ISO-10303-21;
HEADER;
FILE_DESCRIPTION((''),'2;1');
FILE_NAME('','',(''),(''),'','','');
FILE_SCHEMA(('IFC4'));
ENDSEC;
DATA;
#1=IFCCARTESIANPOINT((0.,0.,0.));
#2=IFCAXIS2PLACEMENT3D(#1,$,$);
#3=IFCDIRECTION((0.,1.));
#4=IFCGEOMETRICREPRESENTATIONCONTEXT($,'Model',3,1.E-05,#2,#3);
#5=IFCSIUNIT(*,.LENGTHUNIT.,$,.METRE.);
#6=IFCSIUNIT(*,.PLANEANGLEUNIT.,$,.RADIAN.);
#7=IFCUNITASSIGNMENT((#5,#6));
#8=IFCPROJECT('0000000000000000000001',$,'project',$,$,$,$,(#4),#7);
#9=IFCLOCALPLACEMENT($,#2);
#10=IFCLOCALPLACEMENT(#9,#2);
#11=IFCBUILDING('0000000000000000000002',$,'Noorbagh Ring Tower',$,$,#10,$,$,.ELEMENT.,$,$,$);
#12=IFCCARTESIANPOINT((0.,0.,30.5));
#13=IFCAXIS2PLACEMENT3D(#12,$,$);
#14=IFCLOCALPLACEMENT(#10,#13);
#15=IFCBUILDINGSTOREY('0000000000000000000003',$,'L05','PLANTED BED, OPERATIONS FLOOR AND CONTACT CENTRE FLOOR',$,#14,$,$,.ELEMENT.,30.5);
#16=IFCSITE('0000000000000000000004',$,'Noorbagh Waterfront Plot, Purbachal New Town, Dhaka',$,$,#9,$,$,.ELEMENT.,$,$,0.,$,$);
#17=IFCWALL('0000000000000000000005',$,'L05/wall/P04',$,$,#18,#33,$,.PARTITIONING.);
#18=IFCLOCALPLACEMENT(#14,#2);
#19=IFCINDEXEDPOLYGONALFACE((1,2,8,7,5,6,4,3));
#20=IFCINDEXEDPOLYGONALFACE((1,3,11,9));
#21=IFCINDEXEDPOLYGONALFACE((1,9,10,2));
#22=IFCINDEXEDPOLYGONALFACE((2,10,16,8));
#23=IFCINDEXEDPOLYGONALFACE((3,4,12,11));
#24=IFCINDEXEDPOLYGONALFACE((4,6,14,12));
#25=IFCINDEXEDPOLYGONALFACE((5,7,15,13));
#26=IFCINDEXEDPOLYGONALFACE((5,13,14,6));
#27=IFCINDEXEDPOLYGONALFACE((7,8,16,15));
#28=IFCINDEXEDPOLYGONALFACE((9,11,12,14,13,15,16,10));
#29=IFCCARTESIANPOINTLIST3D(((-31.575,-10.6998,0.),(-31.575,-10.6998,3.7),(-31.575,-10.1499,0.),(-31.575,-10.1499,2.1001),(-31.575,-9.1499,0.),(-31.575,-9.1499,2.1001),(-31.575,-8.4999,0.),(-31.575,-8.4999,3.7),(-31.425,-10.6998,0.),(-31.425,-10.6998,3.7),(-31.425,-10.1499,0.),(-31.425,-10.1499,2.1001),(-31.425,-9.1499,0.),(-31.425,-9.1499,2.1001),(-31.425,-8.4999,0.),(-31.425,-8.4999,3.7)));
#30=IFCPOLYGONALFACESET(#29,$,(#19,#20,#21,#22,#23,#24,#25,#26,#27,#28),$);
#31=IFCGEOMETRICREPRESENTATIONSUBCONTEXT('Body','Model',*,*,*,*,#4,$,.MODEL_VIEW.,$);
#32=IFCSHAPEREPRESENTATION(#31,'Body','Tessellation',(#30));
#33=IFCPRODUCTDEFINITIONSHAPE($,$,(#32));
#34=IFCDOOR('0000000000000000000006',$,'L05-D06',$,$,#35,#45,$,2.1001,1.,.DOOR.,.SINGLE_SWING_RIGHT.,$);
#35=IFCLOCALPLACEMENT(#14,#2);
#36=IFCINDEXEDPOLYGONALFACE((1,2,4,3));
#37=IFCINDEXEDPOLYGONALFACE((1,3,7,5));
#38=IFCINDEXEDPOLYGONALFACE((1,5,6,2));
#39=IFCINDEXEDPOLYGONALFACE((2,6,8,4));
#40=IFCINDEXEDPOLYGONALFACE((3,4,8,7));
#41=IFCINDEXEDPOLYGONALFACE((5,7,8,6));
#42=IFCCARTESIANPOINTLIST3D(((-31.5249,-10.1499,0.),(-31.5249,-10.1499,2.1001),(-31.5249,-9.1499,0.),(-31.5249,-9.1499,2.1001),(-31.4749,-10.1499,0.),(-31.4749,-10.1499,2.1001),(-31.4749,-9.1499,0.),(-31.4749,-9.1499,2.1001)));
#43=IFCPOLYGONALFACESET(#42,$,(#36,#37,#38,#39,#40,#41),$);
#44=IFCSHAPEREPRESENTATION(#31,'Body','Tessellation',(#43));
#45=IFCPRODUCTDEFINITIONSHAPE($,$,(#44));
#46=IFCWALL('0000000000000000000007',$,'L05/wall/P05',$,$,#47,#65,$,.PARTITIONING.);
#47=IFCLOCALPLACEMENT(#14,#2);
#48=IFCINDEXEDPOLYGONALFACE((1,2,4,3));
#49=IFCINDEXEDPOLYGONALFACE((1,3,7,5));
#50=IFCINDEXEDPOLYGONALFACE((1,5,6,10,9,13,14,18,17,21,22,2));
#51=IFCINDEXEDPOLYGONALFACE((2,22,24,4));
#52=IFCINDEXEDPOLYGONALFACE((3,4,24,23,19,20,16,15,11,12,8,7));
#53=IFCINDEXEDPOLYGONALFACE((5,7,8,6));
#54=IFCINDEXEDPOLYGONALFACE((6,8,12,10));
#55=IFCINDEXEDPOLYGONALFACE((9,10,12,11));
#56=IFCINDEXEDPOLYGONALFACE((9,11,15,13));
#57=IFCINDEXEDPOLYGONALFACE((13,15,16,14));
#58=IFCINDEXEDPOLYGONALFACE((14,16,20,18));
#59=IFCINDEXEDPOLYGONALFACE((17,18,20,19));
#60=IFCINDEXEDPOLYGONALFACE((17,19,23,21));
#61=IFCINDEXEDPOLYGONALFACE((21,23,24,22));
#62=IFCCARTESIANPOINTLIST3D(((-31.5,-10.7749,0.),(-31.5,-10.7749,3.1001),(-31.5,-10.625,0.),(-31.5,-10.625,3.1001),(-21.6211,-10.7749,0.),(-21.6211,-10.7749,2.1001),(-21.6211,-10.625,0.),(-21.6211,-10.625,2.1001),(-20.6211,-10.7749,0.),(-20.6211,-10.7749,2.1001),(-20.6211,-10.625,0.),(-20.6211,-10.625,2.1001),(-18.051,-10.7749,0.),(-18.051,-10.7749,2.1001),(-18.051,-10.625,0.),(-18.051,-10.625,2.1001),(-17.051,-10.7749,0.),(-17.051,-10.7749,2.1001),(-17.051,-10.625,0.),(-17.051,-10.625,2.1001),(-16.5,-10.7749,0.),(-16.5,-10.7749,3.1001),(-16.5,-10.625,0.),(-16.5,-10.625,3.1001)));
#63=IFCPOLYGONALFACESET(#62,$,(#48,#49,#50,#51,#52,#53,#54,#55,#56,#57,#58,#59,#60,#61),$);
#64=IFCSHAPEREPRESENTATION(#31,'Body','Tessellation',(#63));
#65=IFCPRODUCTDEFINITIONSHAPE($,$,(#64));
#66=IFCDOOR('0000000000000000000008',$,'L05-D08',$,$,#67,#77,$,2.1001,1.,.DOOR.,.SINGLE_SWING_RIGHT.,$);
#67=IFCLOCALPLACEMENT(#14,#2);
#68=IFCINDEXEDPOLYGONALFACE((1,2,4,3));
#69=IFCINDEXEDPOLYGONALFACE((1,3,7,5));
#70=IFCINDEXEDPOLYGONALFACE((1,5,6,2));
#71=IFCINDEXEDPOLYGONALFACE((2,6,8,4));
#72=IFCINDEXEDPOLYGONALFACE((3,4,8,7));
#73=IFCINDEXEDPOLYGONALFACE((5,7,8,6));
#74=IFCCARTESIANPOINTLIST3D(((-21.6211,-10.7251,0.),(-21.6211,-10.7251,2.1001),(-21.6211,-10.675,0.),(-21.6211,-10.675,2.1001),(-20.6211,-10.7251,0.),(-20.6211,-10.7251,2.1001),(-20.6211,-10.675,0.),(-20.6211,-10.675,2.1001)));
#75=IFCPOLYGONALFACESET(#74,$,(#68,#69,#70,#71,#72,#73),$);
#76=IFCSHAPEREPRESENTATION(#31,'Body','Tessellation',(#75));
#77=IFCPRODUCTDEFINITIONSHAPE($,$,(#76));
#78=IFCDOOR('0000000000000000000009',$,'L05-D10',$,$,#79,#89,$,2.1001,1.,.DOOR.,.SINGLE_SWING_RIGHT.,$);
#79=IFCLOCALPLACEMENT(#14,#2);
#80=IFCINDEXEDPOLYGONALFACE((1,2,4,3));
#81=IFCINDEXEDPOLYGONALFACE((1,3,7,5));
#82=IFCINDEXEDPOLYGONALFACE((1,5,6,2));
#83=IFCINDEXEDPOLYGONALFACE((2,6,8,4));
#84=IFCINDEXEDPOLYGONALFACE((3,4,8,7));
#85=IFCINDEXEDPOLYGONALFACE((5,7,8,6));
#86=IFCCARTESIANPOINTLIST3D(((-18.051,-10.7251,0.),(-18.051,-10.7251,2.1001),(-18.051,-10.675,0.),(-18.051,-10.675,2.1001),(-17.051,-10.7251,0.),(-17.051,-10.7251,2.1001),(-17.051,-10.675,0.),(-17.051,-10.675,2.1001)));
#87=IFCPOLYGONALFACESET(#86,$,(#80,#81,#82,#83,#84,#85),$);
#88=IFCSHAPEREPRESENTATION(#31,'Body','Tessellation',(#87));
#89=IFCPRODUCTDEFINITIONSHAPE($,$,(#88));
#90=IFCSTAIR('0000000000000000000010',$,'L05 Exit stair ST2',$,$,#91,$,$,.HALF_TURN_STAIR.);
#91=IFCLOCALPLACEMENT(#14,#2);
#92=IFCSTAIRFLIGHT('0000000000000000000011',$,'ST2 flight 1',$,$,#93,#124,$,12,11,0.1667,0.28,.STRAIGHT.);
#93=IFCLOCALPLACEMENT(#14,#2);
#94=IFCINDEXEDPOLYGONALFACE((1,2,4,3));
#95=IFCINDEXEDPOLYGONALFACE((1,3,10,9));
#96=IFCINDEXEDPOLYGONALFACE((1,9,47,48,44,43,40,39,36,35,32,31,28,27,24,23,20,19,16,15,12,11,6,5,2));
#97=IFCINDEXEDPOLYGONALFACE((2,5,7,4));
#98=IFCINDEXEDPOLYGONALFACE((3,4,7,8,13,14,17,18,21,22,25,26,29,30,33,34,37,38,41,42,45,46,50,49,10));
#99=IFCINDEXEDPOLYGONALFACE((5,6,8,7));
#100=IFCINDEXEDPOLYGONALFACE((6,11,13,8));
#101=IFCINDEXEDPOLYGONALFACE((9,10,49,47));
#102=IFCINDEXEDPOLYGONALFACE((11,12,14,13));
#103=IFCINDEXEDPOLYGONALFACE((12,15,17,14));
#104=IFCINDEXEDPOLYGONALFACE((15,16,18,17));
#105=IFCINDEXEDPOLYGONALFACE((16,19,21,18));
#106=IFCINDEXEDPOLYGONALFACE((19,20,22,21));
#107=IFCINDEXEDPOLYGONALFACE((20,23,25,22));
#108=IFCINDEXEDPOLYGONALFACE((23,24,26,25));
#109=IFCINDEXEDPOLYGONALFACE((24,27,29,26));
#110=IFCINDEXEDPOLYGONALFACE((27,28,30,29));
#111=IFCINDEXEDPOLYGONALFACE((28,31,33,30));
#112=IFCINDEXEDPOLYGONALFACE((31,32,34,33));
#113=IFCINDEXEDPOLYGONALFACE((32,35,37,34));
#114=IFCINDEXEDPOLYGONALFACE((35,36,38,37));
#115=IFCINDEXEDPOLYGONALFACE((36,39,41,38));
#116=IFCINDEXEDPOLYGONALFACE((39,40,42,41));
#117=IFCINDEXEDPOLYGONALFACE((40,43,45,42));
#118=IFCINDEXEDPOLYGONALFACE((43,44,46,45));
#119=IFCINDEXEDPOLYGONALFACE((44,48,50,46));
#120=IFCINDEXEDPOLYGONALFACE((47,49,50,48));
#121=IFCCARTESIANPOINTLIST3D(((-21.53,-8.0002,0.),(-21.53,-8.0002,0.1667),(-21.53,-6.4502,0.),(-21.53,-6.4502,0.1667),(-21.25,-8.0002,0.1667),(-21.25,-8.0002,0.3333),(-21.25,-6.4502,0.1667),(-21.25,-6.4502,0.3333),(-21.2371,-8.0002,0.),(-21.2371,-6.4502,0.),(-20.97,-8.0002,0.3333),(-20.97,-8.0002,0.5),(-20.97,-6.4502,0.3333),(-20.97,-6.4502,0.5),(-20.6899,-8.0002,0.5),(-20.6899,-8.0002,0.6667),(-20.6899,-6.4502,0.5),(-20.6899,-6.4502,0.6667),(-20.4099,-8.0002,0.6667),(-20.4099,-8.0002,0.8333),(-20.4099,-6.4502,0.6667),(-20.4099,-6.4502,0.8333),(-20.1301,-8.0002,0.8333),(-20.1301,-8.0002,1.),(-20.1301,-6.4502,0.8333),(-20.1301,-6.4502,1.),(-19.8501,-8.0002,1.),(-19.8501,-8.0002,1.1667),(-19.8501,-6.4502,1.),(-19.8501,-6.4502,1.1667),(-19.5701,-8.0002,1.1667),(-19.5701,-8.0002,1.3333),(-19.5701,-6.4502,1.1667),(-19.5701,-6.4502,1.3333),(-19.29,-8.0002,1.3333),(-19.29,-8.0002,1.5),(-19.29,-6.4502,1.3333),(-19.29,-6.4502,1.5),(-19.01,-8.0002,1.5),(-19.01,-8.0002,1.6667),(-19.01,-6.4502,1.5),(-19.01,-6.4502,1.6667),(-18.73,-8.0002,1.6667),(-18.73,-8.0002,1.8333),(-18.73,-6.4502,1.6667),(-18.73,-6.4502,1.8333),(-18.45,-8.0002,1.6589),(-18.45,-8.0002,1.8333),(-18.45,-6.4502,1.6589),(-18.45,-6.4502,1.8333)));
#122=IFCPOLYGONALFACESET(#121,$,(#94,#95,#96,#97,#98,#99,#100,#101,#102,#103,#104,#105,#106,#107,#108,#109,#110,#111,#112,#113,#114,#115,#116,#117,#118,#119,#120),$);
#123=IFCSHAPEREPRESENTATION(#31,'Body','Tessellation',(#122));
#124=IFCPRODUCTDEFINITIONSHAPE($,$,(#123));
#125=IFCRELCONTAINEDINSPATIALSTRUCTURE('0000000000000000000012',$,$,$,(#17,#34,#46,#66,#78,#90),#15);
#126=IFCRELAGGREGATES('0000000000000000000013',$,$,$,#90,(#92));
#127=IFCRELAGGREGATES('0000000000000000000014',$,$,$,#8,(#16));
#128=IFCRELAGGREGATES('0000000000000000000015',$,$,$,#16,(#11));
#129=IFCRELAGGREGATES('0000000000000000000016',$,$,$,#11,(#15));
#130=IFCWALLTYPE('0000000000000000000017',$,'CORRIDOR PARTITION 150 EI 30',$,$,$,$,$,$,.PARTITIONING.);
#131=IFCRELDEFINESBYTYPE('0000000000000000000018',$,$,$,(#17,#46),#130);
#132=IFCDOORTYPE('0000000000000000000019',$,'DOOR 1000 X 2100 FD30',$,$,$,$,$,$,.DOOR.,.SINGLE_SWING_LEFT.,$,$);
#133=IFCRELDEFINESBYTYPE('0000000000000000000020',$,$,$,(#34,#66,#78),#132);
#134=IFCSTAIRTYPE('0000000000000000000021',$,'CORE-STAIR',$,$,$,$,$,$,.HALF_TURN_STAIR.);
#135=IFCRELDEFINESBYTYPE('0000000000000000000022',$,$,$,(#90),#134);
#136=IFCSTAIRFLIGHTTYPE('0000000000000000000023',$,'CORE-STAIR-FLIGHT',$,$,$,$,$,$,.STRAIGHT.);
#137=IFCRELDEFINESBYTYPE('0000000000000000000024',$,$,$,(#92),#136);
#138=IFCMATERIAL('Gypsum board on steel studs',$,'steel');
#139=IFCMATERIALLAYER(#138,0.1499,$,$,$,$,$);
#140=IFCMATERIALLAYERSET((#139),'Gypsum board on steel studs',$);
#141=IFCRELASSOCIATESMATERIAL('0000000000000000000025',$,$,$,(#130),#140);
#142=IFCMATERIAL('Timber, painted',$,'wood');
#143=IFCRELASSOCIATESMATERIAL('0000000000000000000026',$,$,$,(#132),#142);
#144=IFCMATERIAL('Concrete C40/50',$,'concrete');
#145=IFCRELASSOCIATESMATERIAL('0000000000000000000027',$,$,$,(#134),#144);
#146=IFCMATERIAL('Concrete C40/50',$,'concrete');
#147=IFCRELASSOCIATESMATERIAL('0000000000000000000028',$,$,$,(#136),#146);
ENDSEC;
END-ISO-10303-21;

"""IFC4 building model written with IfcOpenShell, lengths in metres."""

from ifc_helpers import new_model, si_unit, direction, frame, frame_2d, origin, place, context, subcontext, project, spatial, polyline, rectangle, outline, extrude, material, layer, layer_set, type_object, element, fill, aggregate, save


model = new_model("IFC4")

# Units and contexts
model_context = context("Model", 3, precision=1e-05, world=origin(), true_north=direction((0.0, 1.0)))
body_context = subcontext(model_context, "Body", "Model", "MODEL_VIEW")
ifc_project = project(units=[si_unit("LENGTHUNIT", "METRE"), si_unit("PLANEANGLEUNIT", "RADIAN")], contexts=[model_context])

# Site, building, storey
site_placement = place(None, origin())
site = spatial("IfcSite", under=ifc_project, at=site_placement, Name="Noorbagh Waterfront Plot, Purbachal New Town, Dhaka", CompositionType="ELEMENT", RefElevation=0.0)
building_placement = place(site_placement, origin())
building = spatial("IfcBuilding", under=site, at=building_placement, Name="Noorbagh Ring Tower", CompositionType="ELEMENT")
storey_placement = place(building_placement, frame((0.0, 0.0, 30.5)))
storey = spatial("IfcBuildingStorey", under=building, at=storey_placement, Name="L05", Description="PLANTED BED, OPERATIONS FLOOR AND CONTACT CENTRE FLOOR", CompositionType="ELEMENT", Elevation=30.5)

# Wall, opening, door
ifc_material_1 = material(Name="Gypsum board on steel studs", Category="steel")
ifc_layer_1 = layer(ifc_material_1, 0.1499)
ifc_layer_set_1 = layer_set([ifc_layer_1], Name="Gypsum board on steel studs")
wall_type_1 = type_object("IfcWallType", Name="CORRIDOR PARTITION 150 EI 30", PredefinedType="PARTITIONING", material=ifc_layer_set_1)
wall_1_placement = place(storey_placement, frame((-31.5, -10.7, 0.0), z_axis=(0.0, 0.0, 1.0), x_axis=(0.0, 1.0, 0.0)))
wall_1 = element("IfcWall", 1, at=wall_1_placement, inside=storey, type_object=wall_type_1, Name="L05/wall/P04", PredefinedType="PARTITIONING", context=body_context, shape_type="SweptSolid", body=[
    extrude(rectangle(XDim=2.2, YDim=0.1499, at=frame_2d((1.1001, 0.0))), origin(), (0.0, 0.0, 1.0), 3.7),
])
opening_1_placement = place(wall_1_placement, frame((0.55, 0.0, 0.0)))
opening_1 = element("IfcOpeningElement", 2, at=opening_1_placement, cuts=wall_1, PredefinedType="OPENING", context=body_context, shape_type="SweptSolid", body=[
    extrude(rectangle(XDim=1.0, YDim=2.1001, at=frame_2d((0.5, 1.05))), frame((0.0, 0.085, 0.0), z_axis=(0.0, -1.0, 0.0), x_axis=(1.0, 0.0, 0.0)), (0.0, 0.0, 1.0), 0.1699),
])
ifc_material_2 = material(Name="Timber, painted", Category="wood")
door_type_1 = type_object("IfcDoorType", Name="DOOR 1000 X 2100 FD30", OperationType="SINGLE_SWING_LEFT", PredefinedType="DOOR", material=ifc_material_2)
door_1_placement = place(opening_1_placement, origin())
door_1 = element("IfcDoor", 3, at=door_1_placement, inside=storey, type_object=door_type_1, Name="L05-D06", OperationType="SINGLE_SWING_RIGHT", OverallHeight=2.1001, OverallWidth=1.0, PredefinedType="DOOR", context=body_context, shape_type="SweptSolid", body=[
    extrude(rectangle(XDim=1.0, YDim=2.1001, at=frame_2d((0.5, 1.05))), frame((0.0, 0.0249, 0.0), z_axis=(0.0, -1.0, 0.0), x_axis=(1.0, 0.0, 0.0)), (0.0, 0.0, 1.0), 0.05),
])
fill(opening_1, door_1)

# Wall, openings, doors
wall_2_placement = place(storey_placement, frame((-31.5, -10.7, 0.0), z_axis=(0.0, 0.0, 1.0), x_axis=(1.0, 0.0, 0.0)))
wall_2 = element("IfcWall", 4, at=wall_2_placement, inside=storey, type_object=wall_type_1, Name="L05/wall/P05", PredefinedType="PARTITIONING", context=body_context, shape_type="SweptSolid", body=[
    extrude(rectangle(XDim=15.0, YDim=0.1499, at=frame_2d((7.5, 0.0))), origin(), (0.0, 0.0, 1.0), 3.1001),
])
opening_2_placement = place(wall_2_placement, frame((9.8789, 0.0, 0.0)))
opening_2 = element("IfcOpeningElement", 5, at=opening_2_placement, cuts=wall_2, PredefinedType="OPENING", context=body_context, shape_type="SweptSolid", body=[
    extrude(rectangle(XDim=1.0, YDim=2.1001, at=frame_2d((0.5, 1.05))), frame((0.0, 0.085, 0.0), z_axis=(0.0, -1.0, 0.0), x_axis=(1.0, 0.0, 0.0)), (0.0, 0.0, 1.0), 0.1699),
])
opening_3_placement = place(wall_2_placement, frame((13.449, 0.0, 0.0)))
opening_3 = element("IfcOpeningElement", 6, at=opening_3_placement, cuts=wall_2, PredefinedType="OPENING", context=body_context, shape_type="SweptSolid", body=[
    extrude(rectangle(XDim=1.0, YDim=2.1001, at=frame_2d((0.5, 1.05))), frame((0.0, 0.085, 0.0), z_axis=(0.0, -1.0, 0.0), x_axis=(1.0, 0.0, 0.0)), (0.0, 0.0, 1.0), 0.1699),
])
door_2_placement = place(opening_2_placement, origin())
door_2 = element("IfcDoor", 7, at=door_2_placement, inside=storey, type_object=door_type_1, Name="L05-D08", OperationType="SINGLE_SWING_RIGHT", OverallHeight=2.1001, OverallWidth=1.0, PredefinedType="DOOR", context=body_context, shape_type="SweptSolid", body=[
    extrude(rectangle(XDim=1.0, YDim=2.1001, at=frame_2d((0.5, 1.05))), frame((0.0, 0.0249, 0.0), z_axis=(0.0, -1.0, 0.0), x_axis=(1.0, 0.0, 0.0)), (0.0, 0.0, 1.0), 0.05),
])
fill(opening_2, door_2)
door_3_placement = place(opening_3_placement, origin())
door_3 = element("IfcDoor", 8, at=door_3_placement, inside=storey, type_object=door_type_1, Name="L05-D10", OperationType="SINGLE_SWING_RIGHT", OverallHeight=2.1001, OverallWidth=1.0, PredefinedType="DOOR", context=body_context, shape_type="SweptSolid", body=[
    extrude(rectangle(XDim=1.0, YDim=2.1001, at=frame_2d((0.5, 1.05))), frame((0.0, 0.0249, 0.0), z_axis=(0.0, -1.0, 0.0), x_axis=(1.0, 0.0, 0.0)), (0.0, 0.0, 1.0), 0.05),
])
fill(opening_3, door_3)

# Stair, stair flight
ifc_material_3 = material(Name="Concrete C40/50", Category="concrete")
stair_type = type_object("IfcStairType", Name="CORE-STAIR", PredefinedType="HALF_TURN_STAIR", material=ifc_material_3)
stair_placement = place(storey_placement, origin())
stair = element("IfcStair", 9, at=stair_placement, inside=storey, type_object=stair_type, Name="L05 Exit stair ST2", PredefinedType="HALF_TURN_STAIR")
ifc_material_4 = material(Name="Concrete C40/50", Category="concrete")
stair_flight_type = type_object("IfcStairFlightType", Name="CORE-STAIR-FLIGHT", PredefinedType="STRAIGHT", material=ifc_material_4)
stair_flight_placement = place(storey_placement, frame((-21.53, -7.2251, 0.0), z_axis=(0.0, 0.0, 1.0), x_axis=(1.0, 0.0, 0.0)))
stair_flight = element("IfcStairFlight", 10, at=stair_flight_placement, type_object=stair_flight_type, Name="ST2 flight 1", NumberOfRisers=12, NumberOfTreads=11, PredefinedType="STRAIGHT", RiserHeight=0.1667, TreadLength=0.28, context=body_context, shape_type="SweptSolid", body=[
    extrude(outline(polyline([(0.0, 0.0), (0.0, 0.1667), (0.28, 0.1667), (0.28, 0.3333), (0.5601, 0.3333), (0.5601, 0.5), (0.8401, 0.5), (0.8401, 0.6667), (1.1201, 0.6667), (1.1201, 0.8333), (1.3999, 0.8333), (1.3999, 1.0), (1.6799, 1.0), (1.6799, 1.1667), (1.96, 1.1667), (1.96, 1.3333), (2.24, 1.3333), (2.24, 1.5), (2.52, 1.5), (2.52, 1.6667), (2.8, 1.6667), (2.8, 1.8333), (3.0801, 1.8333), (3.0801, 2.0), (3.0801, 1.6589), (0.293, 0.0), (0.0, 0.0)])), frame((0.0, 0.7749, 0.0), z_axis=(0.0, -1.0, 0.0), x_axis=(1.0, 0.0, 0.0)), (0.0, 0.0, 1.0), 1.55),
])
aggregate(stair, [stair_flight])

save(model, "model.ifc")
